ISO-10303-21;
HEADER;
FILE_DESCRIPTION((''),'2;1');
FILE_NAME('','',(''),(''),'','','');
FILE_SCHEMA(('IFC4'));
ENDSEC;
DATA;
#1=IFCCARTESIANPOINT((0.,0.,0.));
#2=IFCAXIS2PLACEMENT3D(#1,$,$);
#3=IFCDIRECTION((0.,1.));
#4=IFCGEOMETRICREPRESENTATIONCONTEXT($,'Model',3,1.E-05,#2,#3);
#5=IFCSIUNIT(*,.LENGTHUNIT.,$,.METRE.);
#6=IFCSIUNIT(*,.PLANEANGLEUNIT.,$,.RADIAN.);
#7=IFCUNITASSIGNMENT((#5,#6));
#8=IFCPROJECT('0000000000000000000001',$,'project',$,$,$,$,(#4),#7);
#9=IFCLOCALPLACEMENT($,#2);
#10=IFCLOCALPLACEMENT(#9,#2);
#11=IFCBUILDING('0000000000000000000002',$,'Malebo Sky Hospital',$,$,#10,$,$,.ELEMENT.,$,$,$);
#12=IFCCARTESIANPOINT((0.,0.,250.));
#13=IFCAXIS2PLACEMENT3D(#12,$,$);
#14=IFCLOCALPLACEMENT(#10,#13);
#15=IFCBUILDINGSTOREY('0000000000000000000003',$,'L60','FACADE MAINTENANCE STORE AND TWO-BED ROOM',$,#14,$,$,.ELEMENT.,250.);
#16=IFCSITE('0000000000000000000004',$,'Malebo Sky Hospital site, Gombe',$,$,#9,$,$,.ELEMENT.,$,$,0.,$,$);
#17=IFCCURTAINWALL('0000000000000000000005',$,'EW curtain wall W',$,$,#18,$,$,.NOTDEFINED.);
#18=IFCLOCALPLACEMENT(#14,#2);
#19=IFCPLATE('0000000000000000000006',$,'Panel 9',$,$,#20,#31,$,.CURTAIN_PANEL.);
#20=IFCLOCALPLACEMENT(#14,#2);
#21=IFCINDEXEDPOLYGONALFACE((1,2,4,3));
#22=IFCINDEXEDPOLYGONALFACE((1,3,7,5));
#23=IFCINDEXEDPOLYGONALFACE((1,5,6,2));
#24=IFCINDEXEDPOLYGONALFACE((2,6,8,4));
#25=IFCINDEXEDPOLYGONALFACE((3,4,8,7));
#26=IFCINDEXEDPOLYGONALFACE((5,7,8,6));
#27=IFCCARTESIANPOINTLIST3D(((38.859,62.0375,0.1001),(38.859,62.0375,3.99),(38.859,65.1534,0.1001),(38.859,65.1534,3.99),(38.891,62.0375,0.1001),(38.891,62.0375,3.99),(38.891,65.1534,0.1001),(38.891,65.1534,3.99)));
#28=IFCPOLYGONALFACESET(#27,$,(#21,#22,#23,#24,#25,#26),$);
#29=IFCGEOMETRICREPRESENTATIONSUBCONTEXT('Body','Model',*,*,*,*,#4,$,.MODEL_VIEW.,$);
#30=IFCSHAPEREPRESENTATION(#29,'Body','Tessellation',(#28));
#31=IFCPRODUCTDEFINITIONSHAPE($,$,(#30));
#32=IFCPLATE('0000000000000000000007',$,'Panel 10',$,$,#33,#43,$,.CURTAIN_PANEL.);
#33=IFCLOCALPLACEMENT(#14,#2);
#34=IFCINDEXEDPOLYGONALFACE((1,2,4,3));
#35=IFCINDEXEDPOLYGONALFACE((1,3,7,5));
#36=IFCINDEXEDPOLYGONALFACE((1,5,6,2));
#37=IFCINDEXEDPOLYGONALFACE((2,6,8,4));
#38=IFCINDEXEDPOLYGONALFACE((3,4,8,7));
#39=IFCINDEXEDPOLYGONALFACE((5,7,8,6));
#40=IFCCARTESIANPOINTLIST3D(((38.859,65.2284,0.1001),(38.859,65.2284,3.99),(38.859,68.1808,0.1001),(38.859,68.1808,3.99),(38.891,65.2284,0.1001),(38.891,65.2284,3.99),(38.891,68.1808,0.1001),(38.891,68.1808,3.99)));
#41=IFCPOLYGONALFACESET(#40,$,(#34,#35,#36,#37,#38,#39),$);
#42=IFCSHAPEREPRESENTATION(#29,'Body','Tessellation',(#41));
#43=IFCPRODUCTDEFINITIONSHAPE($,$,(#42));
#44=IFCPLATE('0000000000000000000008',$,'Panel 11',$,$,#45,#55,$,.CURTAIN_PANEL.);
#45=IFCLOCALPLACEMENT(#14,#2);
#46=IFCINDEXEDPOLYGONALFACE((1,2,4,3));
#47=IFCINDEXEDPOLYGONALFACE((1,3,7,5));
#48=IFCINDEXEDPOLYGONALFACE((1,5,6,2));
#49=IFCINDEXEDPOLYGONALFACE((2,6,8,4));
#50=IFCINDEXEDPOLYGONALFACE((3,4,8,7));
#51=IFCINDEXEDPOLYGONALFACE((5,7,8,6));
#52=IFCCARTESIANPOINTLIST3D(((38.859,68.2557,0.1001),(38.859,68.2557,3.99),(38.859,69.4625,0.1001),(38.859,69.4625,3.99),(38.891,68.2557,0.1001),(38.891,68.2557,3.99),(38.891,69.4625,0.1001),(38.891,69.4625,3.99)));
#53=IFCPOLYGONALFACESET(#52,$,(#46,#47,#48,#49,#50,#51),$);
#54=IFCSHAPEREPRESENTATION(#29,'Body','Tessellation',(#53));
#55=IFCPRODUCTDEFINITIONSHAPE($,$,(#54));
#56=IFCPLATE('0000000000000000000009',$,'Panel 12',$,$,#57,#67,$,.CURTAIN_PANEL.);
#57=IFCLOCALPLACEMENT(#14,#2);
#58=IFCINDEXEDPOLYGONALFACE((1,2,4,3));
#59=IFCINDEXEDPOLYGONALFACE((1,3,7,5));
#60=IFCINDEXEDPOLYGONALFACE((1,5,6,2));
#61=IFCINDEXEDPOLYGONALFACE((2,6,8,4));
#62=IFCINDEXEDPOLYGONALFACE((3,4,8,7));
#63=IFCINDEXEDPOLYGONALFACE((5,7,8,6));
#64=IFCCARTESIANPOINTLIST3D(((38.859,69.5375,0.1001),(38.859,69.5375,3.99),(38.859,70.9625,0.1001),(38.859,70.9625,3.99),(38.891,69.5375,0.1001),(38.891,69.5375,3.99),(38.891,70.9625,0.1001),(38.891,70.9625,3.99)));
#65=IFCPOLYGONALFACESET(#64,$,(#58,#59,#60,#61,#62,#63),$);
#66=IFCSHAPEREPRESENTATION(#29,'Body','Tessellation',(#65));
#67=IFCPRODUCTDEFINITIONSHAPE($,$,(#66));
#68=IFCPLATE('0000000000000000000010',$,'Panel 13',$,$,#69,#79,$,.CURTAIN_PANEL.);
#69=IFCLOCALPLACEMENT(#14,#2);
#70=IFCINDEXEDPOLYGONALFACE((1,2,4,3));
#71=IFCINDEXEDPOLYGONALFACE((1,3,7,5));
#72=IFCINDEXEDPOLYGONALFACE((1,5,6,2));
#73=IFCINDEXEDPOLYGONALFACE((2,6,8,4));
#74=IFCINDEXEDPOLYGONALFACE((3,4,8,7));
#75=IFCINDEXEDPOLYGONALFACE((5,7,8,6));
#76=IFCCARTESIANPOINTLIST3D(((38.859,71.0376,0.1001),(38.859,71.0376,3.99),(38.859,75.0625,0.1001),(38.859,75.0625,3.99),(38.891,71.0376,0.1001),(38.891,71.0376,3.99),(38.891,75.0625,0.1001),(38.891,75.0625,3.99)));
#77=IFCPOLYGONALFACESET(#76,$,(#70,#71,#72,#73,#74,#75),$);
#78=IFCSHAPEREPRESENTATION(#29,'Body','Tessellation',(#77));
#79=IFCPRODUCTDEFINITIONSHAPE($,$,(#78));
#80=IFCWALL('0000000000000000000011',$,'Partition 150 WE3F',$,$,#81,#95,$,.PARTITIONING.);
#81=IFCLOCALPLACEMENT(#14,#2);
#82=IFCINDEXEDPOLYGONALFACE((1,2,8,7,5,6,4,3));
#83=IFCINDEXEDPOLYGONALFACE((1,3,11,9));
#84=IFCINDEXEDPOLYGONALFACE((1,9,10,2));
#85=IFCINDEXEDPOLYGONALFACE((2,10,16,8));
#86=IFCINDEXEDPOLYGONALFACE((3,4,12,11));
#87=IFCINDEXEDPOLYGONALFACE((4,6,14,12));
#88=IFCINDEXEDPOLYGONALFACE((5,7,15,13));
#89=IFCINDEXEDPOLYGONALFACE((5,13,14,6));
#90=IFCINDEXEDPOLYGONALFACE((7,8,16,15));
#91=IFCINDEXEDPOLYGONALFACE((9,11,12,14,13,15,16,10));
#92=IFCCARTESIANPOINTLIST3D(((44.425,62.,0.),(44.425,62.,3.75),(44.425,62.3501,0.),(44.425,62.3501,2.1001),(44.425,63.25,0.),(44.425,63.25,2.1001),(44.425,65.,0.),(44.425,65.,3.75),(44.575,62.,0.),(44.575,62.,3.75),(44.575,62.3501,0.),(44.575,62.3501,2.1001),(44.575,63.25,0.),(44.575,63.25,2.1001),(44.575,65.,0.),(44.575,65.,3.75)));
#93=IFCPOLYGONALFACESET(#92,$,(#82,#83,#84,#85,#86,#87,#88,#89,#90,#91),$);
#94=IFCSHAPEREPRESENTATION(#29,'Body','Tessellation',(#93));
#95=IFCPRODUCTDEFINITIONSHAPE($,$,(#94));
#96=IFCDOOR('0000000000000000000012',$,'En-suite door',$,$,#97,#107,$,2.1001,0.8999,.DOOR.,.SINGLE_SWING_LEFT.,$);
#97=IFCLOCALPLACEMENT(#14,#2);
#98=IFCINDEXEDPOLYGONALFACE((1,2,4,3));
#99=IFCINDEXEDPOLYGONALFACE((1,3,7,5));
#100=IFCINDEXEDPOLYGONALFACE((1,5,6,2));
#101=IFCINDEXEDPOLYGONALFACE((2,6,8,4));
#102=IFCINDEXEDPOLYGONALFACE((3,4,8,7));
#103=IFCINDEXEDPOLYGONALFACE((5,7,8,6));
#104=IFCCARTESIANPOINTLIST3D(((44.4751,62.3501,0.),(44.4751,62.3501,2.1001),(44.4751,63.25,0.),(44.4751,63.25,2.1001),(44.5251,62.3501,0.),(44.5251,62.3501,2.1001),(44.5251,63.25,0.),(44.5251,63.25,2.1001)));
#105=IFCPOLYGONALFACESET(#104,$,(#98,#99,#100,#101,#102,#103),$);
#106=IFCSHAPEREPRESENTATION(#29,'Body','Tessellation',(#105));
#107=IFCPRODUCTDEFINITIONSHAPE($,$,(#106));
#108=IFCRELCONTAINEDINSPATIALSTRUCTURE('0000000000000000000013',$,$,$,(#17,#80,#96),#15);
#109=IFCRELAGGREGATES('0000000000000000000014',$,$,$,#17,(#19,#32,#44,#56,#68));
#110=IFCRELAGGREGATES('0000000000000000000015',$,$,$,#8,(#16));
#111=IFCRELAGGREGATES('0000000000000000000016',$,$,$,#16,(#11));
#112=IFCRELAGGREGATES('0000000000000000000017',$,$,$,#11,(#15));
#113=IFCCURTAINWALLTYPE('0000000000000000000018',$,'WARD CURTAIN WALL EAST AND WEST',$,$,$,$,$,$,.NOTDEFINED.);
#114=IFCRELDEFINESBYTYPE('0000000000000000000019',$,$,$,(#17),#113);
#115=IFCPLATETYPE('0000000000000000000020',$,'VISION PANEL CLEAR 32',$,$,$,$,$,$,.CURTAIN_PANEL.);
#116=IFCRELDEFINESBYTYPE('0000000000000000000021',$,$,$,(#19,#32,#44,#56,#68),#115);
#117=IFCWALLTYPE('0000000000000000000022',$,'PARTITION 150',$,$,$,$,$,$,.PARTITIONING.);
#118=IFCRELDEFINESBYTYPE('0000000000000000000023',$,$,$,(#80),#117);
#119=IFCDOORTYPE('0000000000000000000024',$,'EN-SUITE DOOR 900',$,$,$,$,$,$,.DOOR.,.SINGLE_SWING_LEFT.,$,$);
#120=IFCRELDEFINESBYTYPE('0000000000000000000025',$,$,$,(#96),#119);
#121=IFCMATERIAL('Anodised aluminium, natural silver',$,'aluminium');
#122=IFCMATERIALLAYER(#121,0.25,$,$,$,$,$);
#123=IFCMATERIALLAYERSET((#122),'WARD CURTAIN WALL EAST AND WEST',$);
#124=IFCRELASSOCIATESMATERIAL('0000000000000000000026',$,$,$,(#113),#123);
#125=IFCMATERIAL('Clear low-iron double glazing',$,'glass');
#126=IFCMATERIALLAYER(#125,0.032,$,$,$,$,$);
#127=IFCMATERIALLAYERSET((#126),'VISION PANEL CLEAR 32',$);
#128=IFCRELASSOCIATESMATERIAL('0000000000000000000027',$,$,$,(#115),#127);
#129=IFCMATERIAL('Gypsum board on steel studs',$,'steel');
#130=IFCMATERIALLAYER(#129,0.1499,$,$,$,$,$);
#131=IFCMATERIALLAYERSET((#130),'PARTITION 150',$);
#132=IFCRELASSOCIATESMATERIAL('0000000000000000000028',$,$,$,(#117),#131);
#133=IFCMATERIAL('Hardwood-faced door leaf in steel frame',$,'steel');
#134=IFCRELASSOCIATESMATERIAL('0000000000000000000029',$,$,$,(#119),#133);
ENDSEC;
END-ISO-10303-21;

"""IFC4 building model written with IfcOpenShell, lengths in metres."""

from ifc_helpers import new_model, si_unit, direction, frame, frame_2d, origin, origin_2d, place, context, subcontext, project, spatial, rectangle, extrude, material, layer, layer_set, type_object, element, fill, aggregate, save


model = new_model("IFC4")

# Units and contexts
model_context = context("Model", 3, precision=1e-05, world=origin(), true_north=direction((0.0, 1.0)))
body_context = subcontext(model_context, "Body", "Model", "MODEL_VIEW")
ifc_project = project(units=[si_unit("LENGTHUNIT", "METRE"), si_unit("PLANEANGLEUNIT", "RADIAN")], contexts=[model_context])

# Site, building, storey
site_placement = place(None, origin())
site = spatial("IfcSite", under=ifc_project, at=site_placement, Name="Malebo Sky Hospital site, Gombe", CompositionType="ELEMENT", RefElevation=0.0)
building_placement = place(site_placement, origin())
building = spatial("IfcBuilding", under=site, at=building_placement, Name="Malebo Sky Hospital", CompositionType="ELEMENT")
storey_placement = place(building_placement, frame((0.0, 0.0, 250.0)))
storey = spatial("IfcBuildingStorey", under=building, at=storey_placement, Name="L60", Description="FACADE MAINTENANCE STORE AND TWO-BED ROOM", CompositionType="ELEMENT", Elevation=250.0)

# Curtain wall
ifc_material_1 = material(Name="Anodised aluminium, natural silver", Category="aluminium")
ifc_layer_1 = layer(ifc_material_1, 0.25)
ifc_layer_set_1 = layer_set([ifc_layer_1], Name="WARD CURTAIN WALL EAST AND WEST")
curtain_wall_type = type_object("IfcCurtainWallType", Name="WARD CURTAIN WALL EAST AND WEST", PredefinedType="NOTDEFINED", material=ifc_layer_set_1)
curtain_wall_placement = place(storey_placement, origin())
curtain_wall = element("IfcCurtainWall", 1, at=curtain_wall_placement, inside=storey, type_object=curtain_wall_type, Name="EW curtain wall W", PredefinedType="NOTDEFINED")

# Plates
ifc_material_2 = material(Name="Clear low-iron double glazing", Category="glass")
ifc_layer_2 = layer(ifc_material_2, 0.032)
ifc_layer_set_2 = layer_set([ifc_layer_2], Name="VISION PANEL CLEAR 32")
plate_type = type_object("IfcPlateType", Name="VISION PANEL CLEAR 32", PredefinedType="CURTAIN_PANEL", material=ifc_layer_set_2)
plate_1_placement = place(storey_placement, frame((38.875, 63.5955, 0.1001), z_axis=(0.0, 0.0, 1.0), x_axis=(0.0, 1.0, 0.0)))
plate_1 = element("IfcPlate", 2, at=plate_1_placement, type_object=plate_type, Name="Panel 9", PredefinedType="CURTAIN_PANEL", context=body_context, shape_type="SweptSolid", body=[
    extrude(rectangle(XDim=3.116, YDim=0.032, at=origin_2d()), origin(), (0.0, 0.0, 1.0), 3.8899),
])
plate_2_placement = place(storey_placement, frame((38.875, 66.7046, 0.1001), z_axis=(0.0, 0.0, 1.0), x_axis=(0.0, 1.0, 0.0)))
plate_2 = element("IfcPlate", 3, at=plate_2_placement, type_object=plate_type, Name="Panel 10", PredefinedType="CURTAIN_PANEL", context=body_context, shape_type="SweptSolid", body=[
    extrude(rectangle(XDim=2.9524, YDim=0.032, at=origin_2d()), origin(), (0.0, 0.0, 1.0), 3.8899),
])
plate_3_placement = place(storey_placement, frame((38.875, 68.8591, 0.1001), z_axis=(0.0, 0.0, 1.0), x_axis=(0.0, 1.0, 0.0)))
plate_3 = element("IfcPlate", 4, at=plate_3_placement, type_object=plate_type, Name="Panel 11", PredefinedType="CURTAIN_PANEL", context=body_context, shape_type="SweptSolid", body=[
    extrude(rectangle(XDim=1.2068, YDim=0.032, at=origin_2d()), origin(), (0.0, 0.0, 1.0), 3.8899),
])
plate_4_placement = place(storey_placement, frame((38.875, 70.25, 0.1001), z_axis=(0.0, 0.0, 1.0), x_axis=(0.0, 1.0, 0.0)))
plate_4 = element("IfcPlate", 5, at=plate_4_placement, type_object=plate_type, Name="Panel 12", PredefinedType="CURTAIN_PANEL", context=body_context, shape_type="SweptSolid", body=[
    extrude(rectangle(XDim=1.425, YDim=0.032, at=origin_2d()), origin(), (0.0, 0.0, 1.0), 3.8899),
])
plate_5_placement = place(storey_placement, frame((38.875, 73.05, 0.1001), z_axis=(0.0, 0.0, 1.0), x_axis=(0.0, 1.0, 0.0)))
plate_5 = element("IfcPlate", 6, at=plate_5_placement, type_object=plate_type, Name="Panel 13", PredefinedType="CURTAIN_PANEL", context=body_context, shape_type="SweptSolid", body=[
    extrude(rectangle(XDim=4.0249, YDim=0.032, at=origin_2d()), origin(), (0.0, 0.0, 1.0), 3.8899),
])
aggregate(curtain_wall, [plate_1, plate_2, plate_3, plate_4, plate_5])

# Wall, opening, door
ifc_material_3 = material(Name="Gypsum board on steel studs", Category="steel")
ifc_layer_3 = layer(ifc_material_3, 0.1499)
ifc_layer_set_3 = layer_set([ifc_layer_3], Name="PARTITION 150")
wall_type = type_object("IfcWallType", Name="PARTITION 150", PredefinedType="PARTITIONING", material=ifc_layer_set_3)
wall_placement = place(storey_placement, frame((44.5, 62.0, 0.0), z_axis=(0.0, 0.0, 1.0), x_axis=(0.0, 1.0, 0.0)))
wall = element("IfcWall", 7, at=wall_placement, inside=storey, type_object=wall_type, Name="Partition 150 WE3F", PredefinedType="PARTITIONING", context=body_context, shape_type="SweptSolid", body=[
    extrude(rectangle(XDim=3.0, YDim=0.1499, at=frame_2d((1.5, 0.0))), origin(), (0.0, 0.0, 1.0), 3.75),
])
opening_placement = place(wall_placement, frame((0.3501, 0.0, 0.0)))
opening = element("IfcOpeningElement", 8, at=opening_placement, cuts=wall, PredefinedType="OPENING", context=body_context, shape_type="SweptSolid", body=[
    extrude(rectangle(XDim=0.8999, YDim=2.1001, at=frame_2d((0.45, 1.05))), frame((0.0, 0.085, 0.0), z_axis=(0.0, -1.0, 0.0), x_axis=(1.0, 0.0, 0.0)), (0.0, 0.0, 1.0), 0.1699),
])
ifc_material_4 = material(Name="Hardwood-faced door leaf in steel frame", Category="steel")
door_type = type_object("IfcDoorType", Name="EN-SUITE DOOR 900", OperationType="SINGLE_SWING_LEFT", PredefinedType="DOOR", material=ifc_material_4)
door_placement = place(opening_placement, origin())
door = element("IfcDoor", 9, at=door_placement, inside=storey, type_object=door_type, Name="En-suite door", OperationType="SINGLE_SWING_LEFT", OverallHeight=2.1001, OverallWidth=0.8999, PredefinedType="DOOR", context=body_context, shape_type="SweptSolid", body=[
    extrude(rectangle(XDim=0.8999, YDim=2.1001, at=frame_2d((0.45, 1.05))), frame((0.0, 0.0249, 0.0), z_axis=(0.0, -1.0, 0.0), x_axis=(1.0, 0.0, 0.0)), (0.0, 0.0, 1.0), 0.05),
])
fill(opening, door)

save(model, "model.ifc")
